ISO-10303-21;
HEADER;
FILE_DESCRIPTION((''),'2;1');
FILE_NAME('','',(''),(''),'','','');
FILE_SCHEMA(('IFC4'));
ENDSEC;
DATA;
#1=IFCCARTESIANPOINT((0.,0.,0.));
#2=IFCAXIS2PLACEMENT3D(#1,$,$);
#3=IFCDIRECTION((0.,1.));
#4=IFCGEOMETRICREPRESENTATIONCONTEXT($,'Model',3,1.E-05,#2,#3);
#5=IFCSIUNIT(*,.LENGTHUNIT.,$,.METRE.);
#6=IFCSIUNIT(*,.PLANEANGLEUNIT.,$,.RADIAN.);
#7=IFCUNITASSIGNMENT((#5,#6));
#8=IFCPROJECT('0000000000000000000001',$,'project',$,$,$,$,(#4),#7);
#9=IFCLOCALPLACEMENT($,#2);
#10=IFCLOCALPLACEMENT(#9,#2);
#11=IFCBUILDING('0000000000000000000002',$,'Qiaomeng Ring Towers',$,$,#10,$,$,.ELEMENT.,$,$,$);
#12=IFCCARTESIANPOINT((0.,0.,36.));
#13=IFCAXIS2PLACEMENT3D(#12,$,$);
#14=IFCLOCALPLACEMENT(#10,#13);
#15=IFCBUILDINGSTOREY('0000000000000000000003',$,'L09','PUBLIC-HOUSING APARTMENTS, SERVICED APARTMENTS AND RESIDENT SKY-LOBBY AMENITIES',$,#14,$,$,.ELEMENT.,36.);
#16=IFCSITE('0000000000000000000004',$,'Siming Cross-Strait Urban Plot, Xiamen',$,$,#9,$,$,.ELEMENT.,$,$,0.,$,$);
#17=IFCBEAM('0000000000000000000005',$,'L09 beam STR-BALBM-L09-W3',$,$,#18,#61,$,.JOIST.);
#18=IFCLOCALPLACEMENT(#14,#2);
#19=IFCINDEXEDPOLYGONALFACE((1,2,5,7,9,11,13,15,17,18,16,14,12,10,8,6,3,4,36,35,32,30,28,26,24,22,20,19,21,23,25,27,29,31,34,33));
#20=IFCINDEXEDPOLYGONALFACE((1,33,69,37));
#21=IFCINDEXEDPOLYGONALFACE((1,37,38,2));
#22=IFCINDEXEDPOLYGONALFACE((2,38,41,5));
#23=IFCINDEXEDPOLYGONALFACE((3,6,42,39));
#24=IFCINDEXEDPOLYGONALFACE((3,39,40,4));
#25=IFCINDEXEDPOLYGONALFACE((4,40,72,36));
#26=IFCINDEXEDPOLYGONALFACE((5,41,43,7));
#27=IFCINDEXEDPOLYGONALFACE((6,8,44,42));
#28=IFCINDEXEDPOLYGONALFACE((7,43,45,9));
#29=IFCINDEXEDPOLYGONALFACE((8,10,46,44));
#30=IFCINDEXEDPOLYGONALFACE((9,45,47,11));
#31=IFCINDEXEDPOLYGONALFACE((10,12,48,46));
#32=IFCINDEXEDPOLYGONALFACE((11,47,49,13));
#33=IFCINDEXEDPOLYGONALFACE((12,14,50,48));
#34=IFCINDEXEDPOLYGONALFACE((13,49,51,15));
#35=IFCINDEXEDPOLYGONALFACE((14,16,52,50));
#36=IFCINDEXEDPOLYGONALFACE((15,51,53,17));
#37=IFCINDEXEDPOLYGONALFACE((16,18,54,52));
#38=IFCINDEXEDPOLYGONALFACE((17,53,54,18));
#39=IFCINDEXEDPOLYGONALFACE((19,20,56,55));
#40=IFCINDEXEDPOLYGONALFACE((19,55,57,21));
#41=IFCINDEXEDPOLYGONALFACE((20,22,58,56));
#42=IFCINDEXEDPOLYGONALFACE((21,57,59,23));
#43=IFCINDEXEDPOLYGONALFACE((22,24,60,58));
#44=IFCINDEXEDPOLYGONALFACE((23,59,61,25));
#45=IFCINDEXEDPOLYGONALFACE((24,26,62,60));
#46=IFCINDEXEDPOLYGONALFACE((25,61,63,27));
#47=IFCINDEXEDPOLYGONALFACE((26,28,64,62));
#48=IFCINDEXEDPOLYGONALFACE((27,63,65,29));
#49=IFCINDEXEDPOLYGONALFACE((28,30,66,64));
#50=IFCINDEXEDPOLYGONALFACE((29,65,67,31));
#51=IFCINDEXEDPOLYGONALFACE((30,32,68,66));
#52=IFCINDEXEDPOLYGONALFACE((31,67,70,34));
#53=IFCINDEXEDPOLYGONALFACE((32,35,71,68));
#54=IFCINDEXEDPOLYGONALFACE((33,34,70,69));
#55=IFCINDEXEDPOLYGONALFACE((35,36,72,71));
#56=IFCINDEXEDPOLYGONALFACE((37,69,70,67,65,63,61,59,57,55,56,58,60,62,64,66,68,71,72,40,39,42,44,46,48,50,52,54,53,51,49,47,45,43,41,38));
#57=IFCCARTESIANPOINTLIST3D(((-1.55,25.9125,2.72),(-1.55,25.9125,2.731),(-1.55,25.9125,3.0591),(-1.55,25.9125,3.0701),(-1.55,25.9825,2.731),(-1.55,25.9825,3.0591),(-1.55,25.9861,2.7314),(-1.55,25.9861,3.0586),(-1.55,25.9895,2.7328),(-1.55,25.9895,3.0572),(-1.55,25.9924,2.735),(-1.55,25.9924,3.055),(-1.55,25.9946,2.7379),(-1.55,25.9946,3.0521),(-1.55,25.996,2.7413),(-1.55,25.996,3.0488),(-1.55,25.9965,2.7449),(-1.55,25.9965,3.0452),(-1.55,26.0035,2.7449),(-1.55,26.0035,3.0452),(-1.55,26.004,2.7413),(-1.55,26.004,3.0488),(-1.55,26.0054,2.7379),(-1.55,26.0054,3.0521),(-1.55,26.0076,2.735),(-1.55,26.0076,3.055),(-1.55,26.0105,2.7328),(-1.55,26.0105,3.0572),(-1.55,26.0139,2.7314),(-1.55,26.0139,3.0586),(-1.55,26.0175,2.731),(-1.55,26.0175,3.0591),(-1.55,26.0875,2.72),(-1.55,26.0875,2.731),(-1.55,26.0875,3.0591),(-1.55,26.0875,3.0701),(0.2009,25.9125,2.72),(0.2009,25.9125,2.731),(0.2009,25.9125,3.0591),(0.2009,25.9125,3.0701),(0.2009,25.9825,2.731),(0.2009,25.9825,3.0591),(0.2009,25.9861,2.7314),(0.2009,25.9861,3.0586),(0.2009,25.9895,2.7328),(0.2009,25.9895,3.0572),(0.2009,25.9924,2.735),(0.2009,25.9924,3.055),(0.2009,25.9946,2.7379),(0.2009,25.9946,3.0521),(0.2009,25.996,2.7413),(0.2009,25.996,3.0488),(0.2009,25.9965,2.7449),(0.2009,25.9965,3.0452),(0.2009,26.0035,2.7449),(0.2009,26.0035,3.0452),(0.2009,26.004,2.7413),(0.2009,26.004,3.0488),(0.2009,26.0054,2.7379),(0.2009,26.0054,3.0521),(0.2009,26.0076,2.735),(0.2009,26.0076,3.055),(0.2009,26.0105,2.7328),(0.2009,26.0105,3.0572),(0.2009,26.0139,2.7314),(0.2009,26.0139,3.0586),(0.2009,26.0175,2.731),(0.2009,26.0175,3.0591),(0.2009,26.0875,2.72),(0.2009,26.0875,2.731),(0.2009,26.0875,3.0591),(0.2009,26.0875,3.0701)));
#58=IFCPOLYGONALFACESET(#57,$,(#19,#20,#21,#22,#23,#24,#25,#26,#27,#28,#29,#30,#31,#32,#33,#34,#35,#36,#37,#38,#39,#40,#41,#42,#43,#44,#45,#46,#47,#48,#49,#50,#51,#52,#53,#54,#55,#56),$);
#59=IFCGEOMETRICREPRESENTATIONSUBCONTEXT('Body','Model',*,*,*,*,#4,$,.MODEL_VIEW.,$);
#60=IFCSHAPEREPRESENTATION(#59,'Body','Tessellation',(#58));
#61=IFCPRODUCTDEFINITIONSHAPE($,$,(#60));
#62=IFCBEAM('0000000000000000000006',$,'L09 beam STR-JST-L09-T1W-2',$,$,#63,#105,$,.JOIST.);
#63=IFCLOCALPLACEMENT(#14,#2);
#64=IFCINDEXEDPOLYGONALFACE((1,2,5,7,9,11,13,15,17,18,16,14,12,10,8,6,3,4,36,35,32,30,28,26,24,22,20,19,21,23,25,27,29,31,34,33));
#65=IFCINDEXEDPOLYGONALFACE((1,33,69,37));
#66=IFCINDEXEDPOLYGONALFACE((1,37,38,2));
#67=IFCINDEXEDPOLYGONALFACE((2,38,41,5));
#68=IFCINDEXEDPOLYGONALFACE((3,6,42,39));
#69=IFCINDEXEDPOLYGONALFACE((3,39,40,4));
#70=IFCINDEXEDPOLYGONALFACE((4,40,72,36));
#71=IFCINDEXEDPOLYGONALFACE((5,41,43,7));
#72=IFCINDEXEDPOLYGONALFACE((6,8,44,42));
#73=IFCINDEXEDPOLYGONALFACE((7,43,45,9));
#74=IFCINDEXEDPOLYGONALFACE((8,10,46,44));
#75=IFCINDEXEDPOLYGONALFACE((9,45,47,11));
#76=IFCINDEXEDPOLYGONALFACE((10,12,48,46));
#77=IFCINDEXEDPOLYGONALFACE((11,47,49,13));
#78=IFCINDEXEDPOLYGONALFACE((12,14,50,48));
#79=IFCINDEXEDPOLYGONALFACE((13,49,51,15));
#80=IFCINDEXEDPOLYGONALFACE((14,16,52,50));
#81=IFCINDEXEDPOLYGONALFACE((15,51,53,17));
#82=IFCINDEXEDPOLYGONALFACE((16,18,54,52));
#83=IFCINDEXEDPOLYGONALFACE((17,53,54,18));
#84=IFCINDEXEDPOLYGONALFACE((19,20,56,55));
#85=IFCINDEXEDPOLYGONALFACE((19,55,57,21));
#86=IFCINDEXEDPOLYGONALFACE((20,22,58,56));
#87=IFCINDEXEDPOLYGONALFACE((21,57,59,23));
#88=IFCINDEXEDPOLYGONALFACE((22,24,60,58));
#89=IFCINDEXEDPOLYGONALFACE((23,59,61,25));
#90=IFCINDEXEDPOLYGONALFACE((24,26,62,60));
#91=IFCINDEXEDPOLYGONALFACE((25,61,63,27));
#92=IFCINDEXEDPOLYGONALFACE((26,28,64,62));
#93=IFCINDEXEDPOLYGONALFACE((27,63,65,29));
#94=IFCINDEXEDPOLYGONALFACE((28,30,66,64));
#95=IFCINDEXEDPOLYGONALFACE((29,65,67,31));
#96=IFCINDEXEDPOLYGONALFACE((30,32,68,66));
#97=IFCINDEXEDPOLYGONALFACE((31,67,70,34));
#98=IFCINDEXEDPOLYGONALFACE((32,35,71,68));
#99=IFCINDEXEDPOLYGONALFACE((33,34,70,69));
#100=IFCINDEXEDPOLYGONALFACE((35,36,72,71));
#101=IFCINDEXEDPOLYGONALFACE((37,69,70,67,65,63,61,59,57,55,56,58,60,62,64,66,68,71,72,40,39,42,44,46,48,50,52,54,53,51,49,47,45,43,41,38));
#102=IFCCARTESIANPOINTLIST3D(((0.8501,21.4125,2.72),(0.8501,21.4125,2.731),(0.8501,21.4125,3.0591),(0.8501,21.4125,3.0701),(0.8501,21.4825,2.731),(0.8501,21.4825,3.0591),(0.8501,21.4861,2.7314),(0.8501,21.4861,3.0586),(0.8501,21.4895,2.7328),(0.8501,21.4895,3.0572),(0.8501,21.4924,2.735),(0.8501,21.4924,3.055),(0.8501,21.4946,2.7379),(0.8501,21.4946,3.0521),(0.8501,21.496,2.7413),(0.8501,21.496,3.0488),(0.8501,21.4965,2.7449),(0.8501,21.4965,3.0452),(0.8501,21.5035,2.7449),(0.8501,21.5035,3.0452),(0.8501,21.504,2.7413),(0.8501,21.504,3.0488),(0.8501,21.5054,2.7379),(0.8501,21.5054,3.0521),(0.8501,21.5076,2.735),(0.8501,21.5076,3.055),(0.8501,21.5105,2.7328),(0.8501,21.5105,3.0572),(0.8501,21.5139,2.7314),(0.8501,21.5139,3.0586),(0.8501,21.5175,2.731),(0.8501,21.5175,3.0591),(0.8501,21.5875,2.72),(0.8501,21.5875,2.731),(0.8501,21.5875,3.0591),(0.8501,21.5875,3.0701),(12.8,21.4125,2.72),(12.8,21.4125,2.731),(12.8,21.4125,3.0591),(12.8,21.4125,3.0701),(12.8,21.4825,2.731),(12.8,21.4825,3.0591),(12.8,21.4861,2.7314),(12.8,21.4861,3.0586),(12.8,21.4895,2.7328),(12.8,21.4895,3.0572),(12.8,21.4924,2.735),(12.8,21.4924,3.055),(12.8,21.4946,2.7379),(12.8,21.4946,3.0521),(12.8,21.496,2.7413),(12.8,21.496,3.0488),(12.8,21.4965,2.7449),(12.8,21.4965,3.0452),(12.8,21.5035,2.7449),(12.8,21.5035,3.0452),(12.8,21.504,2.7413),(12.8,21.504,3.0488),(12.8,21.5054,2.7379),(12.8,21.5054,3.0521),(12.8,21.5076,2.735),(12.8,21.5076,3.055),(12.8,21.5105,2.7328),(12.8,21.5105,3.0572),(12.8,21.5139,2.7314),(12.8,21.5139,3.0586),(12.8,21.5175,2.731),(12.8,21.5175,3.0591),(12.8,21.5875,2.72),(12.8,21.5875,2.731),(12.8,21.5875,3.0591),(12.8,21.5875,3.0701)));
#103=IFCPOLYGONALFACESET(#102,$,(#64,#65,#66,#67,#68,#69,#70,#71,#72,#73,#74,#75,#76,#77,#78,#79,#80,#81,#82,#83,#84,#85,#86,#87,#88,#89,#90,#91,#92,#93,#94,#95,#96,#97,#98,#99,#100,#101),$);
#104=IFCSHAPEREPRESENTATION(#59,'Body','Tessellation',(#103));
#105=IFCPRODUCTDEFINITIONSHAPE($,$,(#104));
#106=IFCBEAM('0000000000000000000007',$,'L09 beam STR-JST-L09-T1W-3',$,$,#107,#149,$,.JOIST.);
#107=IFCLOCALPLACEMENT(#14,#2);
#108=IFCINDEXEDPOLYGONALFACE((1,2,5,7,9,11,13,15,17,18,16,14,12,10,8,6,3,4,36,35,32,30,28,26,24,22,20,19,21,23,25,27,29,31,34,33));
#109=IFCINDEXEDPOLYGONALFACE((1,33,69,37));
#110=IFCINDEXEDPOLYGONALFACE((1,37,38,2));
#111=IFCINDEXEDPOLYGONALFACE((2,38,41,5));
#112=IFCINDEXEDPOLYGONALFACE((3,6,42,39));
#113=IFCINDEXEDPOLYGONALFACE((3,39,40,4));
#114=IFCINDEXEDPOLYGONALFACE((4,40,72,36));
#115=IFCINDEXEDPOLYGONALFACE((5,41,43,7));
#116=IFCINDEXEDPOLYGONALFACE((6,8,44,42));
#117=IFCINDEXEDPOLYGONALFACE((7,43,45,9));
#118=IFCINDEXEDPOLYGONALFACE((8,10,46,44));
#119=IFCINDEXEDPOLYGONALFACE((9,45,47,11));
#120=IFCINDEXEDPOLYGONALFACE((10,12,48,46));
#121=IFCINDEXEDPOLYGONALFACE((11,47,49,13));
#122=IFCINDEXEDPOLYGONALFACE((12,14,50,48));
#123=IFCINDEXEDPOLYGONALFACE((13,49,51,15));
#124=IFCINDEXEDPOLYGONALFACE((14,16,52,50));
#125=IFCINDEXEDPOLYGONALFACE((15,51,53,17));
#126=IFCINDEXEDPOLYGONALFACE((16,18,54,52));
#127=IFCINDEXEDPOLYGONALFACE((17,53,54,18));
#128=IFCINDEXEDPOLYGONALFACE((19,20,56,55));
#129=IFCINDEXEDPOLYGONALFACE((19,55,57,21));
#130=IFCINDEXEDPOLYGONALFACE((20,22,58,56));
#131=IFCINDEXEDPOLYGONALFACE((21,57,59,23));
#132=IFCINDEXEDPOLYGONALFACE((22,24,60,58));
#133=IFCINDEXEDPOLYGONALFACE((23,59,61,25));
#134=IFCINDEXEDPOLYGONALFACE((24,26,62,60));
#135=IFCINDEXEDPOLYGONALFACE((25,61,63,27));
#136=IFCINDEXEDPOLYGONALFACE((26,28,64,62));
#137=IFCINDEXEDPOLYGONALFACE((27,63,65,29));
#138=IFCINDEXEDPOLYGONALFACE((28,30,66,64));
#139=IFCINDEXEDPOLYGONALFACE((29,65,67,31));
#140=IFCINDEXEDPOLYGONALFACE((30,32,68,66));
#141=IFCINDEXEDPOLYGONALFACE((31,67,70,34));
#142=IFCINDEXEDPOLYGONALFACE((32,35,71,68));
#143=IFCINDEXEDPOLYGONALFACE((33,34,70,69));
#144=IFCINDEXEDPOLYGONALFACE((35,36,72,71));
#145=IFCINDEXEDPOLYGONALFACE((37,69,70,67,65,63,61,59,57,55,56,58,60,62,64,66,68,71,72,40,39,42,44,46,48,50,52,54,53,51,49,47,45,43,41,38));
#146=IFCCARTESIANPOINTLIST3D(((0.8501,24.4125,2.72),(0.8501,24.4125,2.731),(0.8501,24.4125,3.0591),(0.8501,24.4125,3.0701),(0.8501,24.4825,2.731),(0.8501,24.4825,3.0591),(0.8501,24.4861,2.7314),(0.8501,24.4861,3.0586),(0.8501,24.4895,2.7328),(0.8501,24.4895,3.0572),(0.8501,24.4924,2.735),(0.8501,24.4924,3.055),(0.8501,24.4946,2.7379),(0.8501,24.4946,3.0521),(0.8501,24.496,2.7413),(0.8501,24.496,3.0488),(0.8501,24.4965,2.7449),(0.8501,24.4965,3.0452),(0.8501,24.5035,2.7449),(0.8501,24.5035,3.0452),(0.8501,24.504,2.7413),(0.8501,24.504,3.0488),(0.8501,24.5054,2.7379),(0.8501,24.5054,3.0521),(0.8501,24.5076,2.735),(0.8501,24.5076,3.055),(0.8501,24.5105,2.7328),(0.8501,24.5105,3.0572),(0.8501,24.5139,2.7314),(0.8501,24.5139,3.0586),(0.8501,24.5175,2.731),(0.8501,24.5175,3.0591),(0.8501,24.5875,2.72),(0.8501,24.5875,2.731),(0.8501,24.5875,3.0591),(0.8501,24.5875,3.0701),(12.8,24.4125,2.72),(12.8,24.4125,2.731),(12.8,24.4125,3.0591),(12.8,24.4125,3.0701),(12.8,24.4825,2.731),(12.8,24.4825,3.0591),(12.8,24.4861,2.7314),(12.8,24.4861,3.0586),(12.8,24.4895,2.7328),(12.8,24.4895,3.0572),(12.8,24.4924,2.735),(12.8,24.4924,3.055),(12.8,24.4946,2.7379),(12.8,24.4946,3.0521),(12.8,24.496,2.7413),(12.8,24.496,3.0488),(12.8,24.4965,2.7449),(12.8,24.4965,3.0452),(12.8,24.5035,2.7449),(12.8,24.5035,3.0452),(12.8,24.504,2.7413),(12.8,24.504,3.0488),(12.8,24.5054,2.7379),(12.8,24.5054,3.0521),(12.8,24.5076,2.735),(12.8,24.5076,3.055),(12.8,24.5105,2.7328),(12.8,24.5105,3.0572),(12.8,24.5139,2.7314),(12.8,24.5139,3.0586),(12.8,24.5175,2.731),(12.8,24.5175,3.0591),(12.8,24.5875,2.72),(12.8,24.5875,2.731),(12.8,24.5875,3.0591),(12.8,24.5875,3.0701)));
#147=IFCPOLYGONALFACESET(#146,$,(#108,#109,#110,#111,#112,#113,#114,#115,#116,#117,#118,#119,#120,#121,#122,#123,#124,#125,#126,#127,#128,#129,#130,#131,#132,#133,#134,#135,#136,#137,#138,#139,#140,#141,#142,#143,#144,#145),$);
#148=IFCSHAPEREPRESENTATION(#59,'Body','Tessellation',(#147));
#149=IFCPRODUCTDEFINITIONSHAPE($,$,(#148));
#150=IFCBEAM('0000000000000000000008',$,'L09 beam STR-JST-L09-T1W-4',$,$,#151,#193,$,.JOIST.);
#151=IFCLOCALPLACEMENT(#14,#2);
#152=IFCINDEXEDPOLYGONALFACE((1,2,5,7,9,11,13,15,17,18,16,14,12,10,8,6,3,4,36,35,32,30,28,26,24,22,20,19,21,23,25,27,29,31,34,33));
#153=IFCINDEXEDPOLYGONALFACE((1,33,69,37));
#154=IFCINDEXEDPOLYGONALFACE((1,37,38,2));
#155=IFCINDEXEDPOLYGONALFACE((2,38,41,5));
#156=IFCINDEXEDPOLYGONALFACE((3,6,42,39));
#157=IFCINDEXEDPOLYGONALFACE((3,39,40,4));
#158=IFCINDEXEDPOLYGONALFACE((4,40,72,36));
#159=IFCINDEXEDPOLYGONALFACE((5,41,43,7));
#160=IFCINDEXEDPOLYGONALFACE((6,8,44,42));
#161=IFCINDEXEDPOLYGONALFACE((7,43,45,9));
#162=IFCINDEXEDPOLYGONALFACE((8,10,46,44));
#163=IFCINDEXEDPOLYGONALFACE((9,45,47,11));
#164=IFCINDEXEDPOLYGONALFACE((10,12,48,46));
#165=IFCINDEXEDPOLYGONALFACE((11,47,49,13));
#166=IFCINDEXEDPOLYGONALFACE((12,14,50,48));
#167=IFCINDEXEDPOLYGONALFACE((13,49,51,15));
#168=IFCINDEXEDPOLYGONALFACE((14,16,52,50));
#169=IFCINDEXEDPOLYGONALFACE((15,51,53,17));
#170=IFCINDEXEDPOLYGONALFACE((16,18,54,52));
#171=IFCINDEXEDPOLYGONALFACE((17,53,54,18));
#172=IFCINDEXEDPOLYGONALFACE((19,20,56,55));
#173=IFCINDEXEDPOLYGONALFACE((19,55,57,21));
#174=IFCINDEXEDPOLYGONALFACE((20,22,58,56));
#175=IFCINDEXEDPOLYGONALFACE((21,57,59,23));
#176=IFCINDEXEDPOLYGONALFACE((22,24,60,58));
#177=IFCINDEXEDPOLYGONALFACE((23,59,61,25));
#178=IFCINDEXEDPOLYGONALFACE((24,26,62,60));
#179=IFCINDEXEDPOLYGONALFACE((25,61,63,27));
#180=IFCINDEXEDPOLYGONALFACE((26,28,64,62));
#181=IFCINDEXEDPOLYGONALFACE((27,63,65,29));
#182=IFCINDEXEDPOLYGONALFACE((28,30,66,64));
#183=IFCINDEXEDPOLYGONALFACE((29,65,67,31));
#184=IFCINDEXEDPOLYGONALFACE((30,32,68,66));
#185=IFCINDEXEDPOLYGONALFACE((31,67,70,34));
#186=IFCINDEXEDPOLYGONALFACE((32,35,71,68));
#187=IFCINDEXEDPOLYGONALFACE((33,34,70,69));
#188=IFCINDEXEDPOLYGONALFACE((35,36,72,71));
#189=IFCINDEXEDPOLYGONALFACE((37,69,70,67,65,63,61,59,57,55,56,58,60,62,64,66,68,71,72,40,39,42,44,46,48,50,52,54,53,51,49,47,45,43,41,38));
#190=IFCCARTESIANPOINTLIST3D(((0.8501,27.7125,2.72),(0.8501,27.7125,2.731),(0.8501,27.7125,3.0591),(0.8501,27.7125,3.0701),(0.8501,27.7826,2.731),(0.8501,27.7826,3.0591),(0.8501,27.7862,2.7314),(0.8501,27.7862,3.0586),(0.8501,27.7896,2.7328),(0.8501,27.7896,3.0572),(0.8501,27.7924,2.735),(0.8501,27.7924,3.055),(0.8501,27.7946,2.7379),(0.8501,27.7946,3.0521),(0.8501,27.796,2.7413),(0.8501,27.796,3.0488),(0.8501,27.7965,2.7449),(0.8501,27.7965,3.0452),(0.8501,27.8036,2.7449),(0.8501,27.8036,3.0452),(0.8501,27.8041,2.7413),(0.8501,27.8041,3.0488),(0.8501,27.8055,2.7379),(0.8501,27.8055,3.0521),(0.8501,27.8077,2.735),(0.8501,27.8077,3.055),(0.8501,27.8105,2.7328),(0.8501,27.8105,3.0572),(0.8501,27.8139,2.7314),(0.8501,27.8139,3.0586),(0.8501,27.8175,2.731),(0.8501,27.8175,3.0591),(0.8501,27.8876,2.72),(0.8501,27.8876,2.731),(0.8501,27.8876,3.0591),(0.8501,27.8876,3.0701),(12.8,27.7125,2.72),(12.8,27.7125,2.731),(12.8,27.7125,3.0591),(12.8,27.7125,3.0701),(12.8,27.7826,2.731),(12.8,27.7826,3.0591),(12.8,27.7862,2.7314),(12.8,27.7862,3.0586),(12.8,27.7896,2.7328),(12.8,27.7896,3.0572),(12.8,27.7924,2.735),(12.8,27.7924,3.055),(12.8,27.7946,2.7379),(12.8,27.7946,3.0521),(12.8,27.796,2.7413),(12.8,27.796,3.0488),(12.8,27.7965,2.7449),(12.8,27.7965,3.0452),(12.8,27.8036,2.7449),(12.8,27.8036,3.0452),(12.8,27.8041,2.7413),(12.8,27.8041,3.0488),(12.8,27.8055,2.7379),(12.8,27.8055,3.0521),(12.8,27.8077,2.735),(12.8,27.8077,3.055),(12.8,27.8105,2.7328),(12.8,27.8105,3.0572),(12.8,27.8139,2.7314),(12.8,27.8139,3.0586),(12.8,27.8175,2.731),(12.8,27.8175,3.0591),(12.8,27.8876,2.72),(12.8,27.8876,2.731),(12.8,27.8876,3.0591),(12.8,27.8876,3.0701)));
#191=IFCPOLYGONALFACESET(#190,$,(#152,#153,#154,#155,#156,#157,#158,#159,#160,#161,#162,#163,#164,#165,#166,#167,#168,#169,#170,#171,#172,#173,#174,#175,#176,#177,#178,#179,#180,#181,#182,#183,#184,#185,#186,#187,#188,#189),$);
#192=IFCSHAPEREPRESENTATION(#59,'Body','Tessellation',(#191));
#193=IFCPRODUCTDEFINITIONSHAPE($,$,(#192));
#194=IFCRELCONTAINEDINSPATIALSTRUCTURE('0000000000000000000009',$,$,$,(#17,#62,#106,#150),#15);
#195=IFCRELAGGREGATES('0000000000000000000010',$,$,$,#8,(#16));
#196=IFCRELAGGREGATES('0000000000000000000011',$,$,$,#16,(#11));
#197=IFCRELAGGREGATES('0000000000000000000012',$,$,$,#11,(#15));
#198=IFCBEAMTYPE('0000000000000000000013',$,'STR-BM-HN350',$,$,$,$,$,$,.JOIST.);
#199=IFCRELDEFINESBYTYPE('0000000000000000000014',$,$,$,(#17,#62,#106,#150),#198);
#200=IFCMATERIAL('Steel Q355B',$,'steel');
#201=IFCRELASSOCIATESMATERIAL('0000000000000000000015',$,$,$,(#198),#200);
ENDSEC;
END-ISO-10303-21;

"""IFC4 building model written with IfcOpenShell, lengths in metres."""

from ifc_helpers import new_model, si_unit, direction, frame, origin, origin_2d, place, context, subcontext, project, spatial, i_section, extrude, source, transform, mapped, material, material_profile, profile_set, type_object, element, save


model = new_model("IFC4")

# Units and contexts
model_context = context("Model", 3, precision=1e-05, world=origin(), true_north=direction((0.0, 1.0)))
body_context = subcontext(model_context, "Body", "Model", "MODEL_VIEW")
ifc_project = project(units=[si_unit("LENGTHUNIT", "METRE"), si_unit("PLANEANGLEUNIT", "RADIAN")], contexts=[model_context])

# Site, building, storey
site_placement = place(None, origin())
site = spatial("IfcSite", under=ifc_project, at=site_placement, Name="Siming Cross-Strait Urban Plot, Xiamen", CompositionType="ELEMENT", RefElevation=0.0)
building_placement = place(site_placement, origin())
building = spatial("IfcBuilding", under=site, at=building_placement, Name="Qiaomeng Ring Towers", CompositionType="ELEMENT")
storey_placement = place(building_placement, frame((0.0, 0.0, 36.0)))
storey = spatial("IfcBuildingStorey", under=building, at=storey_placement, Name="L09", Description="PUBLIC-HOUSING APARTMENTS, SERVICED APARTMENTS AND RESIDENT SKY-LOBBY AMENITIES", CompositionType="ELEMENT", Elevation=36.0)

# Beams
ifc_material_1 = material(Name="Steel Q355B", Category="steel")
ifc_material_profile_1 = material_profile(ifc_material_1, i_section(OverallWidth=0.175, OverallDepth=0.3501, WebThickness=0.0071, FlangeThickness=0.011, FilletRadius=0.0139, at=origin_2d()), Name="HN 350x175x7x11")
ifc_profile_set_1 = profile_set([ifc_material_profile_1], Name="Steel Q355B")
beam_type_1 = type_object("IfcBeamType", Name="STR-BM-HN350", PredefinedType="JOIST", material=ifc_profile_set_1)
shared_shape_1 = source(origin(), body_context, "Body", "SweptSolid", [
    extrude(i_section(OverallWidth=0.175, OverallDepth=0.3501, WebThickness=0.0071, FlangeThickness=0.011, FilletRadius=0.0139, at=origin_2d()), origin(), (0.0, 0.0, 1.0), 1.751),
])
beam_1_placement = place(storey_placement, frame((-1.55, 26.0, 2.895), z_axis=(1.0, 0.0, 0.0), x_axis=(0.0, 1.0, 0.0)))
element("IfcBeam", 1, at=beam_1_placement, inside=storey, type_object=beam_type_1, Name="L09 beam STR-BALBM-L09-W3", PredefinedType="JOIST", context=body_context, shape_type="MappedRepresentation", body=[
    mapped(shared_shape_1, transform((0.0, 0.0, 0.0), x_axis=(1.0, 0.0, 0.0), y_axis=(0.0, 1.0, 0.0), z_axis=(0.0, 0.0, 1.0), scale=1.0)),
])
shared_shape_2 = source(origin(), body_context, "Body", "SweptSolid", [
    extrude(i_section(OverallWidth=0.175, OverallDepth=0.3501, WebThickness=0.0071, FlangeThickness=0.011, FilletRadius=0.0139, at=origin_2d()), origin(), (0.0, 0.0, 1.0), 11.95),
])
for number, where, z_axis, x_axis, name in (
    (2, (0.8501, 21.5, 2.895), (1.0, 0.0, 0.0), (0.0, 1.0, 0.0), "L09 beam STR-JST-L09-T1W-2"),
    (3, (0.8501, 24.5, 2.895), (1.0, 0.0, 0.0), (0.0, 1.0, 0.0), "L09 beam STR-JST-L09-T1W-3"),
    (4, (0.8501, 27.8, 2.895), (1.0, 0.0, 0.0), (0.0, 1.0, 0.0), "L09 beam STR-JST-L09-T1W-4"),
):
    element("IfcBeam", number, at=place(storey_placement, frame(where, z_axis=z_axis, x_axis=x_axis)), inside=storey, type_object=beam_type_1, Name=name, PredefinedType="JOIST", context=body_context, shape_type="MappedRepresentation", body=[
        mapped(shared_shape_2, transform((0.0, 0.0, 0.0), x_axis=(1.0, 0.0, 0.0), y_axis=(0.0, 1.0, 0.0), z_axis=(0.0, 0.0, 1.0), scale=1.0)),
    ])

save(model, "model.ifc")
